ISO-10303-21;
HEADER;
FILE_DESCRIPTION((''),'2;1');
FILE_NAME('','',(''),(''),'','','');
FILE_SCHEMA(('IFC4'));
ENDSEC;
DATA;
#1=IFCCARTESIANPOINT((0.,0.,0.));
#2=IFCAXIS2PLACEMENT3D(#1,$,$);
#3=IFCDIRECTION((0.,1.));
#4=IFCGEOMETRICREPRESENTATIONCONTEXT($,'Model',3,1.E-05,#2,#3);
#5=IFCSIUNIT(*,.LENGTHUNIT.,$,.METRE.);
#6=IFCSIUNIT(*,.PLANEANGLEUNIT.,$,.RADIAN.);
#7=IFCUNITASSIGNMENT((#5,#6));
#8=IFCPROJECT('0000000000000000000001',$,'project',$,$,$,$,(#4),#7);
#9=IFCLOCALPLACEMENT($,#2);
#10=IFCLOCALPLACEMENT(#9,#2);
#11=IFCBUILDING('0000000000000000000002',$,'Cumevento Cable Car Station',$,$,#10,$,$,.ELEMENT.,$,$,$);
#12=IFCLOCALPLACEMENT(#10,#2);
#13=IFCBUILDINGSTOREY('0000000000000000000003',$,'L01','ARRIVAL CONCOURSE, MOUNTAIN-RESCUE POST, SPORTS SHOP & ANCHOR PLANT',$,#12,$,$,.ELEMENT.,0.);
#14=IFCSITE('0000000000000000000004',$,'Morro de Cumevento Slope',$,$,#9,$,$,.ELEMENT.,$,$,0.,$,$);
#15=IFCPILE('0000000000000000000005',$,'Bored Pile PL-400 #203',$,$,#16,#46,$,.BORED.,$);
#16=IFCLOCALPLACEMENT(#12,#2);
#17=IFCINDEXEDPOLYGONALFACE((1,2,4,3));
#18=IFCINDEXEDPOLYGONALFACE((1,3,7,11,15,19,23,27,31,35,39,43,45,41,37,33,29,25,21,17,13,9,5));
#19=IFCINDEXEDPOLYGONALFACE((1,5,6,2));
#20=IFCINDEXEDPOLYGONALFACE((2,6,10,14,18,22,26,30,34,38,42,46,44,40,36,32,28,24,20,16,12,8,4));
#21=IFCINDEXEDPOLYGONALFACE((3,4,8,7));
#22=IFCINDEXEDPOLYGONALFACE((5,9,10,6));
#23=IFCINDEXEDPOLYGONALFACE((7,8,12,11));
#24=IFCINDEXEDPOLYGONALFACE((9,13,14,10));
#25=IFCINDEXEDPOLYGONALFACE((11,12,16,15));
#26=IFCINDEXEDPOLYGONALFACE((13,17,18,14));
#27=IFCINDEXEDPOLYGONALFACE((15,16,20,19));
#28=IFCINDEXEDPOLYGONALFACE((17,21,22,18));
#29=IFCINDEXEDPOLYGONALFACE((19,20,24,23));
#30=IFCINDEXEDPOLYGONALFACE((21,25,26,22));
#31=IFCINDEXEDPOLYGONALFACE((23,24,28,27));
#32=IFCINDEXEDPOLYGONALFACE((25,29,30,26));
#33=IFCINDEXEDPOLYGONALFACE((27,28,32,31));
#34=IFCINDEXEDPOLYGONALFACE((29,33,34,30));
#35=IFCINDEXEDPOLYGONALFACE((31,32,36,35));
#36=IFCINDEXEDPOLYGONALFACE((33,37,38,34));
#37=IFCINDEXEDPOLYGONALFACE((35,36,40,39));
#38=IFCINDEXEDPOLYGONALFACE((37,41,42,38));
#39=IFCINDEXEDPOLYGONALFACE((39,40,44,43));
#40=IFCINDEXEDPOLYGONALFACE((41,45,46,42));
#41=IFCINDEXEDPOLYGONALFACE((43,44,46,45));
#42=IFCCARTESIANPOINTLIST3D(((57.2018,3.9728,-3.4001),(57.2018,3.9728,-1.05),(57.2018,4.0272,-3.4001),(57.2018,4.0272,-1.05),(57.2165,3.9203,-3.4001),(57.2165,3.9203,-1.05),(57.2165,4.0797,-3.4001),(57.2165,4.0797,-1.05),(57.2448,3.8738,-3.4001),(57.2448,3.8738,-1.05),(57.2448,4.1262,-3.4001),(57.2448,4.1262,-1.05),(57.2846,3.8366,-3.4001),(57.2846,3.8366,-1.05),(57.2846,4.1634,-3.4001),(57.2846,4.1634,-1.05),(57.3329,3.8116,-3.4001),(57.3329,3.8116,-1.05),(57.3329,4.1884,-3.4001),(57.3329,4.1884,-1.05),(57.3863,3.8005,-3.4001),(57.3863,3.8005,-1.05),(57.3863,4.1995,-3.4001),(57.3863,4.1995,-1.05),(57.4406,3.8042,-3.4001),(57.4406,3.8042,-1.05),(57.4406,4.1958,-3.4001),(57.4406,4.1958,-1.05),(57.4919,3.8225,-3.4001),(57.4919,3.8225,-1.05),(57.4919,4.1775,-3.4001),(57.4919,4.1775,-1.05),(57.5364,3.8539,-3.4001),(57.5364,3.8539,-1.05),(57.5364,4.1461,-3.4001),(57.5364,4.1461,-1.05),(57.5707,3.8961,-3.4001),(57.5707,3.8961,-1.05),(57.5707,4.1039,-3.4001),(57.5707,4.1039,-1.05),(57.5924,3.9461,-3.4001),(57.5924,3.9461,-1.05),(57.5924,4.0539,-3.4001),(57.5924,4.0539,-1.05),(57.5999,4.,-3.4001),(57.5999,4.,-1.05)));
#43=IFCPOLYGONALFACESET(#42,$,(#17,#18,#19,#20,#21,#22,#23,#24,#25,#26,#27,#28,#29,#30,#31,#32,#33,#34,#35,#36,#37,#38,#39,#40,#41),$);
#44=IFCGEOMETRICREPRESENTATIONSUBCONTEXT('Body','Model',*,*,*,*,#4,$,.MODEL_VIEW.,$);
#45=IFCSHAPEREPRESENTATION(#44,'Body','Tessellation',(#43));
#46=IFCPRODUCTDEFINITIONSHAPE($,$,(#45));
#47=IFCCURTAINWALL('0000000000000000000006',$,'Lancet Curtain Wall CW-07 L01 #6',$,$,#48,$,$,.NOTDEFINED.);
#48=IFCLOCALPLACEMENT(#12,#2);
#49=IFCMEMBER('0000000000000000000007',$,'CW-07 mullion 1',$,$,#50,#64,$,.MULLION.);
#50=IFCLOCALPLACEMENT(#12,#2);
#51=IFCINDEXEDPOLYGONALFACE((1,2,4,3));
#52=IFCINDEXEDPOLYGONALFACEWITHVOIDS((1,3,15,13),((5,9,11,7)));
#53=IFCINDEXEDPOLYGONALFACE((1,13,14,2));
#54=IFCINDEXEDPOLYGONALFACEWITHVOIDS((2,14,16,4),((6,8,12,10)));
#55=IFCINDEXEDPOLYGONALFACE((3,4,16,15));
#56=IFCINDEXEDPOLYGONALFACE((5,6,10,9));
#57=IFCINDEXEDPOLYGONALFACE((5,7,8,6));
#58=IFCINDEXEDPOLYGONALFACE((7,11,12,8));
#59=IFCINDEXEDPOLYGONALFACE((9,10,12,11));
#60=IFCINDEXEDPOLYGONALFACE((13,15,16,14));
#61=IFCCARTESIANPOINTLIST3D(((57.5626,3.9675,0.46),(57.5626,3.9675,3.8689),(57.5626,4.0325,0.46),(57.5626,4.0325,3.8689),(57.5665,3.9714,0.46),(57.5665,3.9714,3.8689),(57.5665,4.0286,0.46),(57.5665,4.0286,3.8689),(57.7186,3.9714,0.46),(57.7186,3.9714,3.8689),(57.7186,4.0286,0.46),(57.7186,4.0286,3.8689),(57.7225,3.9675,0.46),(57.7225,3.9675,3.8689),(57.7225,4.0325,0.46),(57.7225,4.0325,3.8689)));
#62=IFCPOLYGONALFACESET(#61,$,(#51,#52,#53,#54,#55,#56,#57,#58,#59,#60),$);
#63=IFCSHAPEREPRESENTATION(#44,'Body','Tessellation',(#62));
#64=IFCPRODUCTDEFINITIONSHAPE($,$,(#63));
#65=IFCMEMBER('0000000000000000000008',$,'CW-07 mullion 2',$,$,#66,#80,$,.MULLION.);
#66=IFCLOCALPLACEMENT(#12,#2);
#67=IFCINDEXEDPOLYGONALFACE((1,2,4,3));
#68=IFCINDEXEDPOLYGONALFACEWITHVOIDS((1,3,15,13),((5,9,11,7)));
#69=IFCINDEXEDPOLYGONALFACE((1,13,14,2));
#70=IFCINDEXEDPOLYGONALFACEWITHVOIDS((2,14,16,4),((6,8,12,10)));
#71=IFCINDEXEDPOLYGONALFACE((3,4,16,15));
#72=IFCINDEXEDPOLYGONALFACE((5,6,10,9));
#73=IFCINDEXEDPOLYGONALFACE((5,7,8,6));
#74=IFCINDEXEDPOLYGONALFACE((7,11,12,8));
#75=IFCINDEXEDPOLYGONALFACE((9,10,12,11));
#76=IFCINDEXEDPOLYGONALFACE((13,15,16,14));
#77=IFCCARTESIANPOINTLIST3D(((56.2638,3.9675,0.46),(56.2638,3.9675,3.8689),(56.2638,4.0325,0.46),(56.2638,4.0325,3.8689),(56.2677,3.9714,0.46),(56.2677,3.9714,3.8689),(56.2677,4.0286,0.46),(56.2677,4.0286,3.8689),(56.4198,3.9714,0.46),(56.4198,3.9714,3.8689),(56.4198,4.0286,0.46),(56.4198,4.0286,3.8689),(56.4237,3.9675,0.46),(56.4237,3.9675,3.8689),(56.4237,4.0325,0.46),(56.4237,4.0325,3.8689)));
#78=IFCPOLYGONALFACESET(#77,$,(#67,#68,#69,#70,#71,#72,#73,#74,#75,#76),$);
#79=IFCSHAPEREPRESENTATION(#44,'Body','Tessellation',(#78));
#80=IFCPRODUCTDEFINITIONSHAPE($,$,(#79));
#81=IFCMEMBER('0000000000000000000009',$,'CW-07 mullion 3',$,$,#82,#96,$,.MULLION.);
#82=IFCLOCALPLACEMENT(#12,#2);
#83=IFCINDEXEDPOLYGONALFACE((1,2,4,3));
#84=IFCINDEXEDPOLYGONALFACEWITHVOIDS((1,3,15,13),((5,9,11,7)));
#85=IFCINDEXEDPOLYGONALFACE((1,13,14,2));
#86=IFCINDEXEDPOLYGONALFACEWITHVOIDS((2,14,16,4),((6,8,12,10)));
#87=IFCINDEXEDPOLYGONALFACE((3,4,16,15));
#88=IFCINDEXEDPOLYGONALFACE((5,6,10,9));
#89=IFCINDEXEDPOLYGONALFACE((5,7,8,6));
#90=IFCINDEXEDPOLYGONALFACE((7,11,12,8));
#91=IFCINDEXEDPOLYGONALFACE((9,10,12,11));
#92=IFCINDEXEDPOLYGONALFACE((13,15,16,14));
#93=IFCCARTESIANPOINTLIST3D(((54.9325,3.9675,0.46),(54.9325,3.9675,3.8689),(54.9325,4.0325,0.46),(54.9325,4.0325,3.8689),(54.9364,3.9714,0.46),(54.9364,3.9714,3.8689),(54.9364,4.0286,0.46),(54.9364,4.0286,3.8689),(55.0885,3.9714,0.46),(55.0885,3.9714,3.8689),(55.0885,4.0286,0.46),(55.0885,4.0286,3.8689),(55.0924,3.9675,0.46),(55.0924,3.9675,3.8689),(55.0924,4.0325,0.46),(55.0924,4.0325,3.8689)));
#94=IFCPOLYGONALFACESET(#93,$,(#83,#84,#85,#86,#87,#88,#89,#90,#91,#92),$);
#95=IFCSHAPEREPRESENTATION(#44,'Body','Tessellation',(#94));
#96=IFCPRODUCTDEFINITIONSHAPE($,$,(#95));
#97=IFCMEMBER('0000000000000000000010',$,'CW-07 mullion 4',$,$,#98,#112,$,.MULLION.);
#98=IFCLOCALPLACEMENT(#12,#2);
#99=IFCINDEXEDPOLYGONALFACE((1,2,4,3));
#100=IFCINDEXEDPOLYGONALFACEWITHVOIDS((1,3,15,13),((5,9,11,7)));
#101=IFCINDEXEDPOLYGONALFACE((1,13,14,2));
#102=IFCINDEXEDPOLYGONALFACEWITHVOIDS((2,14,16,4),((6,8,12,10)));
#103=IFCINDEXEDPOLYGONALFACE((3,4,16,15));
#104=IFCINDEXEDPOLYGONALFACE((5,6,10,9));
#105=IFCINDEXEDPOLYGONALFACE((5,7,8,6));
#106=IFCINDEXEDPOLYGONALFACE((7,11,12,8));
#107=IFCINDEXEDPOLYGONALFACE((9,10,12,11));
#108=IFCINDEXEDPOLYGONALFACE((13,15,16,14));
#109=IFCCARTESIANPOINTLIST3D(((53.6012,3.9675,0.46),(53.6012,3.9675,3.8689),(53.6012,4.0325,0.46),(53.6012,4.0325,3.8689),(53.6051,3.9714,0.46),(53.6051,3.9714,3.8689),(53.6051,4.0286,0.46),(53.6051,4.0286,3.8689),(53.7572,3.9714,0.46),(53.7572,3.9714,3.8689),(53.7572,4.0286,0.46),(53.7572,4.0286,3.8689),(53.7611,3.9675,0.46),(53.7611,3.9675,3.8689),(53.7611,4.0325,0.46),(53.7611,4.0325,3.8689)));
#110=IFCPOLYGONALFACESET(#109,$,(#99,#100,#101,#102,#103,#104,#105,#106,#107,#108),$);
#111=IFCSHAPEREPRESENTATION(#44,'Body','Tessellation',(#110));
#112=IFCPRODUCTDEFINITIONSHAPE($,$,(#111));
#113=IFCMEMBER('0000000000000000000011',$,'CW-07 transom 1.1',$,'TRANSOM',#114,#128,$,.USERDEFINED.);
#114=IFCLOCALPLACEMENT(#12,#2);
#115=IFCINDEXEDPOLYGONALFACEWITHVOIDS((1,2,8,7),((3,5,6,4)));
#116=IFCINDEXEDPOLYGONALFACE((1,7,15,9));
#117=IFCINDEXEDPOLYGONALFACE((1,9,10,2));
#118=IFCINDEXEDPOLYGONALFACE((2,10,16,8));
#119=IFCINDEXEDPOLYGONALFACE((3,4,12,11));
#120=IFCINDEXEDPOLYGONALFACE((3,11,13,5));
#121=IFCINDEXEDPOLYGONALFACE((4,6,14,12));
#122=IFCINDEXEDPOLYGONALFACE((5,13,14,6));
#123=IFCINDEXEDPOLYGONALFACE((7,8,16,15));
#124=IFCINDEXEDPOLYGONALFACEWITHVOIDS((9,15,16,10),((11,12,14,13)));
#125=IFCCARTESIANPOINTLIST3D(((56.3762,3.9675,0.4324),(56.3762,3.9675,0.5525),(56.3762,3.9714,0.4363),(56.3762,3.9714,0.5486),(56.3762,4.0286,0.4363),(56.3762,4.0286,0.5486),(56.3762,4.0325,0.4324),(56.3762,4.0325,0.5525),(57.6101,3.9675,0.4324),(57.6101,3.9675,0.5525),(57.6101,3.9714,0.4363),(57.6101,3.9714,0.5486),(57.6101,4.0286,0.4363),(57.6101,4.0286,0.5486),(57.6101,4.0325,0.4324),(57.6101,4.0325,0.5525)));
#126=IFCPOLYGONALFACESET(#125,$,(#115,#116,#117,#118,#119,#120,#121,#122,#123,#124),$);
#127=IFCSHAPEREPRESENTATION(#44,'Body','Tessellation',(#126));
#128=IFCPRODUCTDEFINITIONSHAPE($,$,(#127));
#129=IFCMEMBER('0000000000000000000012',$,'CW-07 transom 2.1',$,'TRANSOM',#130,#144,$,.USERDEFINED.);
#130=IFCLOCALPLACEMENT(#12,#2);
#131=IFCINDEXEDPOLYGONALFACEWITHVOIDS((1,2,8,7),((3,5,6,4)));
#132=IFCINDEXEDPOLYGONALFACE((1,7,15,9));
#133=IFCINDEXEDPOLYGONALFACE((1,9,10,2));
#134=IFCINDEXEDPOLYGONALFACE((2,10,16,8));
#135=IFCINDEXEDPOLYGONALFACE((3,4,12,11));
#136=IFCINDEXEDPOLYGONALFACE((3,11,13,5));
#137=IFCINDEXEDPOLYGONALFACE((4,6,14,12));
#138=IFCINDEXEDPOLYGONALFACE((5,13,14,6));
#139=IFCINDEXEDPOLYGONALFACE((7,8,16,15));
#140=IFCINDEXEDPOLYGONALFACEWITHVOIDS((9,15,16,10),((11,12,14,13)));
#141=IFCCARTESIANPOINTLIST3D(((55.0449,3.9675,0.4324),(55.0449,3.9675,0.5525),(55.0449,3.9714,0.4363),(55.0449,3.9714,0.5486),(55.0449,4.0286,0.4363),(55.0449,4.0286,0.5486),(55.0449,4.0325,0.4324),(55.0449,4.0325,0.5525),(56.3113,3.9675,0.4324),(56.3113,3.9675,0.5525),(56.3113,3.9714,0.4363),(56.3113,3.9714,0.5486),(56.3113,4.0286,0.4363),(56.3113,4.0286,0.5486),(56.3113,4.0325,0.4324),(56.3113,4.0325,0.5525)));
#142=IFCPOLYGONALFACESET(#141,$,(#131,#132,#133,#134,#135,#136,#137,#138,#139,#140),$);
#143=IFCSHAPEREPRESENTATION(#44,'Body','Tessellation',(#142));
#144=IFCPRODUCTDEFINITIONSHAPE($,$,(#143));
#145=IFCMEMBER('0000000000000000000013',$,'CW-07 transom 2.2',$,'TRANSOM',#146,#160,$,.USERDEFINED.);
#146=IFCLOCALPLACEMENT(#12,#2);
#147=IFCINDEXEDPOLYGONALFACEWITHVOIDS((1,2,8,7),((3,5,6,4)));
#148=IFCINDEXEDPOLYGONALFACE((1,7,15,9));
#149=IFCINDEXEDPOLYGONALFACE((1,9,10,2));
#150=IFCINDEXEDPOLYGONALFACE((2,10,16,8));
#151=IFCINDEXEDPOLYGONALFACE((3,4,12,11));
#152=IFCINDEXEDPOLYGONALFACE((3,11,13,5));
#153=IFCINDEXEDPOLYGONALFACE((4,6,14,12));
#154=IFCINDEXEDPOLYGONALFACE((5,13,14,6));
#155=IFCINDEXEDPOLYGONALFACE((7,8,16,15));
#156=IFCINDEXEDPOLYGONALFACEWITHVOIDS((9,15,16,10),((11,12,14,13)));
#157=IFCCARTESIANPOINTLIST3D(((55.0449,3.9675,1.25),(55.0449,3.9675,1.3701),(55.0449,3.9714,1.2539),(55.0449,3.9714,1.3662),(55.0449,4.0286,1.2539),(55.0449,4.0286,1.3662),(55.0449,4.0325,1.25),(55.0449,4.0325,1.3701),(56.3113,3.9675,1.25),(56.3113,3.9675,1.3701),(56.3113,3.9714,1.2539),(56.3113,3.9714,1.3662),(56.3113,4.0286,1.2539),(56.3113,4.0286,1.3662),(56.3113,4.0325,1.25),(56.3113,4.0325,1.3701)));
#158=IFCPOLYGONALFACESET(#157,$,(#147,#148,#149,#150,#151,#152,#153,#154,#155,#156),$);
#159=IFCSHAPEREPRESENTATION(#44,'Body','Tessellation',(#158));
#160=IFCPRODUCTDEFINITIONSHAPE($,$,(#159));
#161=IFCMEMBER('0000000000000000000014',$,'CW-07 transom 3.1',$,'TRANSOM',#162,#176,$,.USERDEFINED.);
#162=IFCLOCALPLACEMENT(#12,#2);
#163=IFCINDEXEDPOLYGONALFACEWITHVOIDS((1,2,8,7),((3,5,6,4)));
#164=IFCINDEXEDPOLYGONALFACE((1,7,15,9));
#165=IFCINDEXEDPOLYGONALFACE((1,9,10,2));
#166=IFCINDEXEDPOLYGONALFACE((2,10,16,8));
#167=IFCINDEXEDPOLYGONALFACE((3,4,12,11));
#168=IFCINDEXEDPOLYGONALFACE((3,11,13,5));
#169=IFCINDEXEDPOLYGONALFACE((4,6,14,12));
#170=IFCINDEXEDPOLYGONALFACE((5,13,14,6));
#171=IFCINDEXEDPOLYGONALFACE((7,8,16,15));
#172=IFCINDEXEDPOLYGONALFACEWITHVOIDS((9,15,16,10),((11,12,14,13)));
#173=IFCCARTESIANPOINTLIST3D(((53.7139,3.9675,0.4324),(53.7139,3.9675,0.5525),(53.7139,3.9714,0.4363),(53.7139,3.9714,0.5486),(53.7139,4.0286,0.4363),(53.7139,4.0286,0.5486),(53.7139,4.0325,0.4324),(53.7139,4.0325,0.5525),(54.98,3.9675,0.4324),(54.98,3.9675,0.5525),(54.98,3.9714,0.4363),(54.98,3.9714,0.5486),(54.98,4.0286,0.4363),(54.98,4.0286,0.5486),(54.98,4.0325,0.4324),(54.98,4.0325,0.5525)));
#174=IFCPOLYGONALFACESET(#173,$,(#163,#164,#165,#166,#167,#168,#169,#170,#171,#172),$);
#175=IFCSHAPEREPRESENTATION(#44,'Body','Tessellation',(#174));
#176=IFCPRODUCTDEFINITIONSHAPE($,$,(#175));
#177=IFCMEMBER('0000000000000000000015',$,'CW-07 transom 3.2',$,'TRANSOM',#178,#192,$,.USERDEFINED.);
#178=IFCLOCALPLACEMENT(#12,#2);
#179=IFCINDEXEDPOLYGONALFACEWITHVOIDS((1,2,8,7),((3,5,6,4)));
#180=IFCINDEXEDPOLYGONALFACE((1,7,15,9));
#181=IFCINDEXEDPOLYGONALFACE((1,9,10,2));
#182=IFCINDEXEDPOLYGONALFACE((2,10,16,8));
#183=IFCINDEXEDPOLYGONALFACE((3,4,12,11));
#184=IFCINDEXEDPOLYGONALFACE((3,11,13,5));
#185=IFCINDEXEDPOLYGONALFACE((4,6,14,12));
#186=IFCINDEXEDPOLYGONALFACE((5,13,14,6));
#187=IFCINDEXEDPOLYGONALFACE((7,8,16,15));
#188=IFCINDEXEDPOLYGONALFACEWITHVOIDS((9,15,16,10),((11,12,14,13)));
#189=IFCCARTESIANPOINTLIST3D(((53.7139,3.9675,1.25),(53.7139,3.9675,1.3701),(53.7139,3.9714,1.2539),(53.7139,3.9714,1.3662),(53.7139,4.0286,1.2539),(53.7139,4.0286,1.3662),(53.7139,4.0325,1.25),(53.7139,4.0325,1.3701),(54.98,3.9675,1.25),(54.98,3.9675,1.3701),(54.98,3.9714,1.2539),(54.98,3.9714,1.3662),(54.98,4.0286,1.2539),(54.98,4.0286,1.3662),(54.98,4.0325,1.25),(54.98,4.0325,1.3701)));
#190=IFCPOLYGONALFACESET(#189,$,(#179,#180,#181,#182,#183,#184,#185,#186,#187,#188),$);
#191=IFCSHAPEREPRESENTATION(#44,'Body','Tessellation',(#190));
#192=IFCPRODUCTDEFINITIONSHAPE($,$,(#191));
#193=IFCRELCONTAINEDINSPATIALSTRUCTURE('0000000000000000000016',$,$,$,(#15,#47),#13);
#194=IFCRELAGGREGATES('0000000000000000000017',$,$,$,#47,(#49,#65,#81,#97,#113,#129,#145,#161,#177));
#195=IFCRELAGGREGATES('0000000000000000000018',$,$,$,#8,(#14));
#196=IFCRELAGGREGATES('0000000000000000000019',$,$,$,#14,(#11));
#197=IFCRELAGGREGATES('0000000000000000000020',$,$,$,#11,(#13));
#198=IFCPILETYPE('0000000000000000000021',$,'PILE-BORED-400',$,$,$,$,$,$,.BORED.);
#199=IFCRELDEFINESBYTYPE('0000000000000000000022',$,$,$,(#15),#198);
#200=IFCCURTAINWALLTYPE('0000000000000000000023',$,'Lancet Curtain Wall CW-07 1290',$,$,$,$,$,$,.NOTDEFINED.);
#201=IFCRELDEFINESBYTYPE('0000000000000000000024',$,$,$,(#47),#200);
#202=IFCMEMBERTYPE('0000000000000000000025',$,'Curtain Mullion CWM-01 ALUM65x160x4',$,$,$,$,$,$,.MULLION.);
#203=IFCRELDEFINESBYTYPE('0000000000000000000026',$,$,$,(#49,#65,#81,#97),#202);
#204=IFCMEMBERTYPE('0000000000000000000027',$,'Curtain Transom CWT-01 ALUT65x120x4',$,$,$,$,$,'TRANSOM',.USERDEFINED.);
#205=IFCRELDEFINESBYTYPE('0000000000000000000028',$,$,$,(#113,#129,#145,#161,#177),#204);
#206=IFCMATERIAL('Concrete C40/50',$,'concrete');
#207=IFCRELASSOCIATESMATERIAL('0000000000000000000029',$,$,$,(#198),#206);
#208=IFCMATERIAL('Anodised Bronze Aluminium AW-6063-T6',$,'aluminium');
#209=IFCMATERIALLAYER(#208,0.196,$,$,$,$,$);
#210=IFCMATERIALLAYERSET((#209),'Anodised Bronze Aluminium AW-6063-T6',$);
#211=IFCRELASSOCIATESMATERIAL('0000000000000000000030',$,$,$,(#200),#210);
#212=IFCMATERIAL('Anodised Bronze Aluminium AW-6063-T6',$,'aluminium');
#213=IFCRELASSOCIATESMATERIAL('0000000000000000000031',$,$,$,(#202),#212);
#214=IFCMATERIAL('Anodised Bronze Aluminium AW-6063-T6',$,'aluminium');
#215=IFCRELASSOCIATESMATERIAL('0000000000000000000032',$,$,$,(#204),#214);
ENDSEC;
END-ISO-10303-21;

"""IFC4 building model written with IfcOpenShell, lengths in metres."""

from ifc_helpers import new_model, si_unit, direction, frame, origin, origin_2d, place, context, subcontext, project, spatial, hollow_rectangle, circle, extrude, material, layer, layer_set, material_profile, profile_set, type_object, element, aggregate, save


model = new_model("IFC4")

# Units and contexts
model_context = context("Model", 3, precision=1e-05, world=origin(), true_north=direction((0.0, 1.0)))
body_context = subcontext(model_context, "Body", "Model", "MODEL_VIEW")
ifc_project = project(units=[si_unit("LENGTHUNIT", "METRE"), si_unit("PLANEANGLEUNIT", "RADIAN")], contexts=[model_context])

# Site, building, storey
site_placement = place(None, origin())
site = spatial("IfcSite", under=ifc_project, at=site_placement, Name="Morro de Cumevento Slope", CompositionType="ELEMENT", RefElevation=0.0)
building_placement = place(site_placement, origin())
building = spatial("IfcBuilding", under=site, at=building_placement, Name="Cumevento Cable Car Station", CompositionType="ELEMENT")
storey_placement = place(building_placement, origin())
storey = spatial("IfcBuildingStorey", under=building, at=storey_placement, Name="L01", Description="ARRIVAL CONCOURSE, MOUNTAIN-RESCUE POST, SPORTS SHOP & ANCHOR PLANT", CompositionType="ELEMENT", Elevation=0.0)

# Pile
ifc_material_1 = material(Name="Concrete C40/50", Category="concrete")
ifc_material_profile_1 = material_profile(ifc_material_1, circle(Radius=0.2, at=origin_2d()), Name="PILE-D400")
ifc_profile_set_1 = profile_set([ifc_material_profile_1], Name="Concrete C40/50")
pile_type = type_object("IfcPileType", Name="PILE-BORED-400", PredefinedType="BORED", material=ifc_profile_set_1)
pile_placement = place(storey_placement, frame((57.3999, 4.0, -1.05), z_axis=(0.0, 0.0, -1.0), x_axis=(1.0, 0.0, 0.0)))
element("IfcPile", 1, at=pile_placement, inside=storey, type_object=pile_type, Name="Bored Pile PL-400 #203", PredefinedType="BORED", context=body_context, shape_type="SweptSolid", body=[
    extrude(circle(Radius=0.2, at=origin_2d()), origin(), (0.0, 0.0, 1.0), 2.3501),
])

# Curtain wall, members
ifc_material_2 = material(Name="Anodised Bronze Aluminium AW-6063-T6", Category="aluminium")
ifc_layer_1 = layer(ifc_material_2, 0.196)
ifc_layer_set_1 = layer_set([ifc_layer_1], Name="Anodised Bronze Aluminium AW-6063-T6")
curtain_wall_type = type_object("IfcCurtainWallType", Name="Lancet Curtain Wall CW-07 1290", PredefinedType="NOTDEFINED", material=ifc_layer_set_1)
curtain_wall_placement = place(storey_placement, origin())
curtain_wall = element("IfcCurtainWall", 2, at=curtain_wall_placement, inside=storey, type_object=curtain_wall_type, Name="Lancet Curtain Wall CW-07 L01 #6", PredefinedType="NOTDEFINED")
ifc_material_3 = material(Name="Anodised Bronze Aluminium AW-6063-T6", Category="aluminium")
ifc_material_profile_2 = material_profile(ifc_material_3, hollow_rectangle(XDim=0.0649, YDim=0.1599, WallThickness=0.0039, at=origin_2d()), Name="ALUM65x160x4")
ifc_profile_set_2 = profile_set([ifc_material_profile_2], Name="Anodised Bronze Aluminium AW-6063-T6")
member_type_1 = type_object("IfcMemberType", Name="Curtain Mullion CWM-01 ALUM65x160x4", PredefinedType="MULLION", material=ifc_profile_set_2)
member_1_placement = place(storey_placement, frame((57.6426, 4.0, 0.46), z_axis=(0.0, 0.0, 1.0), x_axis=(0.0, -1.0, 0.0)))
member_1 = element("IfcMember", 3, at=member_1_placement, type_object=member_type_1, Name="CW-07 mullion 1", PredefinedType="MULLION", context=body_context, shape_type="SweptSolid", body=[
    extrude(hollow_rectangle(XDim=0.0649, YDim=0.1599, WallThickness=0.0039, at=origin_2d()), origin(), (0.0, 0.0, 1.0), 3.4089),
])
member_2_placement = place(storey_placement, frame((56.3438, 4.0, 0.46), z_axis=(0.0, 0.0, 1.0), x_axis=(0.0, -1.0, 0.0)))
member_2 = element("IfcMember", 4, at=member_2_placement, type_object=member_type_1, Name="CW-07 mullion 2", PredefinedType="MULLION", context=body_context, shape_type="SweptSolid", body=[
    extrude(hollow_rectangle(XDim=0.0649, YDim=0.1599, WallThickness=0.0039, at=origin_2d()), origin(), (0.0, 0.0, 1.0), 3.4089),
])
member_3_placement = place(storey_placement, frame((55.0125, 4.0, 0.46), z_axis=(0.0, 0.0, 1.0), x_axis=(0.0, -1.0, 0.0)))
member_3 = element("IfcMember", 5, at=member_3_placement, type_object=member_type_1, Name="CW-07 mullion 3", PredefinedType="MULLION", context=body_context, shape_type="SweptSolid", body=[
    extrude(hollow_rectangle(XDim=0.0649, YDim=0.1599, WallThickness=0.0039, at=origin_2d()), origin(), (0.0, 0.0, 1.0), 3.4089),
])
member_4_placement = place(storey_placement, frame((53.6812, 4.0, 0.46), z_axis=(0.0, 0.0, 1.0), x_axis=(0.0, -1.0, 0.0)))
member_4 = element("IfcMember", 6, at=member_4_placement, type_object=member_type_1, Name="CW-07 mullion 4", PredefinedType="MULLION", context=body_context, shape_type="SweptSolid", body=[
    extrude(hollow_rectangle(XDim=0.0649, YDim=0.1599, WallThickness=0.0039, at=origin_2d()), origin(), (0.0, 0.0, 1.0), 3.4089),
])
ifc_material_4 = material(Name="Anodised Bronze Aluminium AW-6063-T6", Category="aluminium")
ifc_material_profile_3 = material_profile(ifc_material_4, hollow_rectangle(XDim=0.0649, YDim=0.1201, WallThickness=0.0039, at=origin_2d()), Name="ALUT65x120x4")
ifc_profile_set_3 = profile_set([ifc_material_profile_3], Name="Anodised Bronze Aluminium AW-6063-T6")
member_type_2 = type_object("IfcMemberType", Name="Curtain Transom CWT-01 ALUT65x120x4", ElementType="TRANSOM", PredefinedType="USERDEFINED", material=ifc_profile_set_3)
member_5_placement = place(storey_placement, frame((57.6101, 4.0, 0.4924), z_axis=(-1.0, 0.0, 0.0), x_axis=(0.0, -1.0, 0.0)))
member_5 = element("IfcMember", 7, at=member_5_placement, type_object=member_type_2, Name="CW-07 transom 1.1", ObjectType="TRANSOM", PredefinedType="USERDEFINED", context=body_context, shape_type="SweptSolid", body=[
    extrude(hollow_rectangle(XDim=0.0649, YDim=0.1201, WallThickness=0.0039, at=origin_2d()), origin(), (0.0, 0.0, 1.0), 1.2339),
])
member_6_placement = place(storey_placement, frame((56.3113, 4.0, 0.4924), z_axis=(-1.0, 0.0, 0.0), x_axis=(0.0, -1.0, 0.0)))
member_6 = element("IfcMember", 8, at=member_6_placement, type_object=member_type_2, Name="CW-07 transom 2.1", ObjectType="TRANSOM", PredefinedType="USERDEFINED", context=body_context, shape_type="SweptSolid", body=[
    extrude(hollow_rectangle(XDim=0.0649, YDim=0.1201, WallThickness=0.0039, at=origin_2d()), origin(), (0.0, 0.0, 1.0), 1.2664),
])
member_7_placement = place(storey_placement, frame((56.3113, 4.0, 1.3101), z_axis=(-1.0, 0.0, 0.0), x_axis=(0.0, -1.0, 0.0)))
member_7 = element("IfcMember", 9, at=member_7_placement, type_object=member_type_2, Name="CW-07 transom 2.2", ObjectType="TRANSOM", PredefinedType="USERDEFINED", context=body_context, shape_type="SweptSolid", body=[
    extrude(hollow_rectangle(XDim=0.0649, YDim=0.1201, WallThickness=0.0039, at=origin_2d()), origin(), (0.0, 0.0, 1.0), 1.2664),
])
member_8_placement = place(storey_placement, frame((54.98, 4.0, 0.4924), z_axis=(-1.0, 0.0, 0.0), x_axis=(0.0, -1.0, 0.0)))
member_8 = element("IfcMember", 10, at=member_8_placement, type_object=member_type_2, Name="CW-07 transom 3.1", ObjectType="TRANSOM", PredefinedType="USERDEFINED", context=body_context, shape_type="SweptSolid", body=[
    extrude(hollow_rectangle(XDim=0.0649, YDim=0.1201, WallThickness=0.0039, at=origin_2d()), origin(), (0.0, 0.0, 1.0), 1.2661),
])
member_9_placement = place(storey_placement, frame((54.98, 4.0, 1.3101), z_axis=(-1.0, 0.0, 0.0), x_axis=(0.0, -1.0, 0.0)))
member_9 = element("IfcMember", 11, at=member_9_placement, type_object=member_type_2, Name="CW-07 transom 3.2", ObjectType="TRANSOM", PredefinedType="USERDEFINED", context=body_context, shape_type="SweptSolid", body=[
    extrude(hollow_rectangle(XDim=0.0649, YDim=0.1201, WallThickness=0.0039, at=origin_2d()), origin(), (0.0, 0.0, 1.0), 1.2661),
])

aggregate(curtain_wall, [member_1, member_2, member_3, member_4, member_5, member_6, member_7, member_8, member_9])

save(model, "model.ifc")
